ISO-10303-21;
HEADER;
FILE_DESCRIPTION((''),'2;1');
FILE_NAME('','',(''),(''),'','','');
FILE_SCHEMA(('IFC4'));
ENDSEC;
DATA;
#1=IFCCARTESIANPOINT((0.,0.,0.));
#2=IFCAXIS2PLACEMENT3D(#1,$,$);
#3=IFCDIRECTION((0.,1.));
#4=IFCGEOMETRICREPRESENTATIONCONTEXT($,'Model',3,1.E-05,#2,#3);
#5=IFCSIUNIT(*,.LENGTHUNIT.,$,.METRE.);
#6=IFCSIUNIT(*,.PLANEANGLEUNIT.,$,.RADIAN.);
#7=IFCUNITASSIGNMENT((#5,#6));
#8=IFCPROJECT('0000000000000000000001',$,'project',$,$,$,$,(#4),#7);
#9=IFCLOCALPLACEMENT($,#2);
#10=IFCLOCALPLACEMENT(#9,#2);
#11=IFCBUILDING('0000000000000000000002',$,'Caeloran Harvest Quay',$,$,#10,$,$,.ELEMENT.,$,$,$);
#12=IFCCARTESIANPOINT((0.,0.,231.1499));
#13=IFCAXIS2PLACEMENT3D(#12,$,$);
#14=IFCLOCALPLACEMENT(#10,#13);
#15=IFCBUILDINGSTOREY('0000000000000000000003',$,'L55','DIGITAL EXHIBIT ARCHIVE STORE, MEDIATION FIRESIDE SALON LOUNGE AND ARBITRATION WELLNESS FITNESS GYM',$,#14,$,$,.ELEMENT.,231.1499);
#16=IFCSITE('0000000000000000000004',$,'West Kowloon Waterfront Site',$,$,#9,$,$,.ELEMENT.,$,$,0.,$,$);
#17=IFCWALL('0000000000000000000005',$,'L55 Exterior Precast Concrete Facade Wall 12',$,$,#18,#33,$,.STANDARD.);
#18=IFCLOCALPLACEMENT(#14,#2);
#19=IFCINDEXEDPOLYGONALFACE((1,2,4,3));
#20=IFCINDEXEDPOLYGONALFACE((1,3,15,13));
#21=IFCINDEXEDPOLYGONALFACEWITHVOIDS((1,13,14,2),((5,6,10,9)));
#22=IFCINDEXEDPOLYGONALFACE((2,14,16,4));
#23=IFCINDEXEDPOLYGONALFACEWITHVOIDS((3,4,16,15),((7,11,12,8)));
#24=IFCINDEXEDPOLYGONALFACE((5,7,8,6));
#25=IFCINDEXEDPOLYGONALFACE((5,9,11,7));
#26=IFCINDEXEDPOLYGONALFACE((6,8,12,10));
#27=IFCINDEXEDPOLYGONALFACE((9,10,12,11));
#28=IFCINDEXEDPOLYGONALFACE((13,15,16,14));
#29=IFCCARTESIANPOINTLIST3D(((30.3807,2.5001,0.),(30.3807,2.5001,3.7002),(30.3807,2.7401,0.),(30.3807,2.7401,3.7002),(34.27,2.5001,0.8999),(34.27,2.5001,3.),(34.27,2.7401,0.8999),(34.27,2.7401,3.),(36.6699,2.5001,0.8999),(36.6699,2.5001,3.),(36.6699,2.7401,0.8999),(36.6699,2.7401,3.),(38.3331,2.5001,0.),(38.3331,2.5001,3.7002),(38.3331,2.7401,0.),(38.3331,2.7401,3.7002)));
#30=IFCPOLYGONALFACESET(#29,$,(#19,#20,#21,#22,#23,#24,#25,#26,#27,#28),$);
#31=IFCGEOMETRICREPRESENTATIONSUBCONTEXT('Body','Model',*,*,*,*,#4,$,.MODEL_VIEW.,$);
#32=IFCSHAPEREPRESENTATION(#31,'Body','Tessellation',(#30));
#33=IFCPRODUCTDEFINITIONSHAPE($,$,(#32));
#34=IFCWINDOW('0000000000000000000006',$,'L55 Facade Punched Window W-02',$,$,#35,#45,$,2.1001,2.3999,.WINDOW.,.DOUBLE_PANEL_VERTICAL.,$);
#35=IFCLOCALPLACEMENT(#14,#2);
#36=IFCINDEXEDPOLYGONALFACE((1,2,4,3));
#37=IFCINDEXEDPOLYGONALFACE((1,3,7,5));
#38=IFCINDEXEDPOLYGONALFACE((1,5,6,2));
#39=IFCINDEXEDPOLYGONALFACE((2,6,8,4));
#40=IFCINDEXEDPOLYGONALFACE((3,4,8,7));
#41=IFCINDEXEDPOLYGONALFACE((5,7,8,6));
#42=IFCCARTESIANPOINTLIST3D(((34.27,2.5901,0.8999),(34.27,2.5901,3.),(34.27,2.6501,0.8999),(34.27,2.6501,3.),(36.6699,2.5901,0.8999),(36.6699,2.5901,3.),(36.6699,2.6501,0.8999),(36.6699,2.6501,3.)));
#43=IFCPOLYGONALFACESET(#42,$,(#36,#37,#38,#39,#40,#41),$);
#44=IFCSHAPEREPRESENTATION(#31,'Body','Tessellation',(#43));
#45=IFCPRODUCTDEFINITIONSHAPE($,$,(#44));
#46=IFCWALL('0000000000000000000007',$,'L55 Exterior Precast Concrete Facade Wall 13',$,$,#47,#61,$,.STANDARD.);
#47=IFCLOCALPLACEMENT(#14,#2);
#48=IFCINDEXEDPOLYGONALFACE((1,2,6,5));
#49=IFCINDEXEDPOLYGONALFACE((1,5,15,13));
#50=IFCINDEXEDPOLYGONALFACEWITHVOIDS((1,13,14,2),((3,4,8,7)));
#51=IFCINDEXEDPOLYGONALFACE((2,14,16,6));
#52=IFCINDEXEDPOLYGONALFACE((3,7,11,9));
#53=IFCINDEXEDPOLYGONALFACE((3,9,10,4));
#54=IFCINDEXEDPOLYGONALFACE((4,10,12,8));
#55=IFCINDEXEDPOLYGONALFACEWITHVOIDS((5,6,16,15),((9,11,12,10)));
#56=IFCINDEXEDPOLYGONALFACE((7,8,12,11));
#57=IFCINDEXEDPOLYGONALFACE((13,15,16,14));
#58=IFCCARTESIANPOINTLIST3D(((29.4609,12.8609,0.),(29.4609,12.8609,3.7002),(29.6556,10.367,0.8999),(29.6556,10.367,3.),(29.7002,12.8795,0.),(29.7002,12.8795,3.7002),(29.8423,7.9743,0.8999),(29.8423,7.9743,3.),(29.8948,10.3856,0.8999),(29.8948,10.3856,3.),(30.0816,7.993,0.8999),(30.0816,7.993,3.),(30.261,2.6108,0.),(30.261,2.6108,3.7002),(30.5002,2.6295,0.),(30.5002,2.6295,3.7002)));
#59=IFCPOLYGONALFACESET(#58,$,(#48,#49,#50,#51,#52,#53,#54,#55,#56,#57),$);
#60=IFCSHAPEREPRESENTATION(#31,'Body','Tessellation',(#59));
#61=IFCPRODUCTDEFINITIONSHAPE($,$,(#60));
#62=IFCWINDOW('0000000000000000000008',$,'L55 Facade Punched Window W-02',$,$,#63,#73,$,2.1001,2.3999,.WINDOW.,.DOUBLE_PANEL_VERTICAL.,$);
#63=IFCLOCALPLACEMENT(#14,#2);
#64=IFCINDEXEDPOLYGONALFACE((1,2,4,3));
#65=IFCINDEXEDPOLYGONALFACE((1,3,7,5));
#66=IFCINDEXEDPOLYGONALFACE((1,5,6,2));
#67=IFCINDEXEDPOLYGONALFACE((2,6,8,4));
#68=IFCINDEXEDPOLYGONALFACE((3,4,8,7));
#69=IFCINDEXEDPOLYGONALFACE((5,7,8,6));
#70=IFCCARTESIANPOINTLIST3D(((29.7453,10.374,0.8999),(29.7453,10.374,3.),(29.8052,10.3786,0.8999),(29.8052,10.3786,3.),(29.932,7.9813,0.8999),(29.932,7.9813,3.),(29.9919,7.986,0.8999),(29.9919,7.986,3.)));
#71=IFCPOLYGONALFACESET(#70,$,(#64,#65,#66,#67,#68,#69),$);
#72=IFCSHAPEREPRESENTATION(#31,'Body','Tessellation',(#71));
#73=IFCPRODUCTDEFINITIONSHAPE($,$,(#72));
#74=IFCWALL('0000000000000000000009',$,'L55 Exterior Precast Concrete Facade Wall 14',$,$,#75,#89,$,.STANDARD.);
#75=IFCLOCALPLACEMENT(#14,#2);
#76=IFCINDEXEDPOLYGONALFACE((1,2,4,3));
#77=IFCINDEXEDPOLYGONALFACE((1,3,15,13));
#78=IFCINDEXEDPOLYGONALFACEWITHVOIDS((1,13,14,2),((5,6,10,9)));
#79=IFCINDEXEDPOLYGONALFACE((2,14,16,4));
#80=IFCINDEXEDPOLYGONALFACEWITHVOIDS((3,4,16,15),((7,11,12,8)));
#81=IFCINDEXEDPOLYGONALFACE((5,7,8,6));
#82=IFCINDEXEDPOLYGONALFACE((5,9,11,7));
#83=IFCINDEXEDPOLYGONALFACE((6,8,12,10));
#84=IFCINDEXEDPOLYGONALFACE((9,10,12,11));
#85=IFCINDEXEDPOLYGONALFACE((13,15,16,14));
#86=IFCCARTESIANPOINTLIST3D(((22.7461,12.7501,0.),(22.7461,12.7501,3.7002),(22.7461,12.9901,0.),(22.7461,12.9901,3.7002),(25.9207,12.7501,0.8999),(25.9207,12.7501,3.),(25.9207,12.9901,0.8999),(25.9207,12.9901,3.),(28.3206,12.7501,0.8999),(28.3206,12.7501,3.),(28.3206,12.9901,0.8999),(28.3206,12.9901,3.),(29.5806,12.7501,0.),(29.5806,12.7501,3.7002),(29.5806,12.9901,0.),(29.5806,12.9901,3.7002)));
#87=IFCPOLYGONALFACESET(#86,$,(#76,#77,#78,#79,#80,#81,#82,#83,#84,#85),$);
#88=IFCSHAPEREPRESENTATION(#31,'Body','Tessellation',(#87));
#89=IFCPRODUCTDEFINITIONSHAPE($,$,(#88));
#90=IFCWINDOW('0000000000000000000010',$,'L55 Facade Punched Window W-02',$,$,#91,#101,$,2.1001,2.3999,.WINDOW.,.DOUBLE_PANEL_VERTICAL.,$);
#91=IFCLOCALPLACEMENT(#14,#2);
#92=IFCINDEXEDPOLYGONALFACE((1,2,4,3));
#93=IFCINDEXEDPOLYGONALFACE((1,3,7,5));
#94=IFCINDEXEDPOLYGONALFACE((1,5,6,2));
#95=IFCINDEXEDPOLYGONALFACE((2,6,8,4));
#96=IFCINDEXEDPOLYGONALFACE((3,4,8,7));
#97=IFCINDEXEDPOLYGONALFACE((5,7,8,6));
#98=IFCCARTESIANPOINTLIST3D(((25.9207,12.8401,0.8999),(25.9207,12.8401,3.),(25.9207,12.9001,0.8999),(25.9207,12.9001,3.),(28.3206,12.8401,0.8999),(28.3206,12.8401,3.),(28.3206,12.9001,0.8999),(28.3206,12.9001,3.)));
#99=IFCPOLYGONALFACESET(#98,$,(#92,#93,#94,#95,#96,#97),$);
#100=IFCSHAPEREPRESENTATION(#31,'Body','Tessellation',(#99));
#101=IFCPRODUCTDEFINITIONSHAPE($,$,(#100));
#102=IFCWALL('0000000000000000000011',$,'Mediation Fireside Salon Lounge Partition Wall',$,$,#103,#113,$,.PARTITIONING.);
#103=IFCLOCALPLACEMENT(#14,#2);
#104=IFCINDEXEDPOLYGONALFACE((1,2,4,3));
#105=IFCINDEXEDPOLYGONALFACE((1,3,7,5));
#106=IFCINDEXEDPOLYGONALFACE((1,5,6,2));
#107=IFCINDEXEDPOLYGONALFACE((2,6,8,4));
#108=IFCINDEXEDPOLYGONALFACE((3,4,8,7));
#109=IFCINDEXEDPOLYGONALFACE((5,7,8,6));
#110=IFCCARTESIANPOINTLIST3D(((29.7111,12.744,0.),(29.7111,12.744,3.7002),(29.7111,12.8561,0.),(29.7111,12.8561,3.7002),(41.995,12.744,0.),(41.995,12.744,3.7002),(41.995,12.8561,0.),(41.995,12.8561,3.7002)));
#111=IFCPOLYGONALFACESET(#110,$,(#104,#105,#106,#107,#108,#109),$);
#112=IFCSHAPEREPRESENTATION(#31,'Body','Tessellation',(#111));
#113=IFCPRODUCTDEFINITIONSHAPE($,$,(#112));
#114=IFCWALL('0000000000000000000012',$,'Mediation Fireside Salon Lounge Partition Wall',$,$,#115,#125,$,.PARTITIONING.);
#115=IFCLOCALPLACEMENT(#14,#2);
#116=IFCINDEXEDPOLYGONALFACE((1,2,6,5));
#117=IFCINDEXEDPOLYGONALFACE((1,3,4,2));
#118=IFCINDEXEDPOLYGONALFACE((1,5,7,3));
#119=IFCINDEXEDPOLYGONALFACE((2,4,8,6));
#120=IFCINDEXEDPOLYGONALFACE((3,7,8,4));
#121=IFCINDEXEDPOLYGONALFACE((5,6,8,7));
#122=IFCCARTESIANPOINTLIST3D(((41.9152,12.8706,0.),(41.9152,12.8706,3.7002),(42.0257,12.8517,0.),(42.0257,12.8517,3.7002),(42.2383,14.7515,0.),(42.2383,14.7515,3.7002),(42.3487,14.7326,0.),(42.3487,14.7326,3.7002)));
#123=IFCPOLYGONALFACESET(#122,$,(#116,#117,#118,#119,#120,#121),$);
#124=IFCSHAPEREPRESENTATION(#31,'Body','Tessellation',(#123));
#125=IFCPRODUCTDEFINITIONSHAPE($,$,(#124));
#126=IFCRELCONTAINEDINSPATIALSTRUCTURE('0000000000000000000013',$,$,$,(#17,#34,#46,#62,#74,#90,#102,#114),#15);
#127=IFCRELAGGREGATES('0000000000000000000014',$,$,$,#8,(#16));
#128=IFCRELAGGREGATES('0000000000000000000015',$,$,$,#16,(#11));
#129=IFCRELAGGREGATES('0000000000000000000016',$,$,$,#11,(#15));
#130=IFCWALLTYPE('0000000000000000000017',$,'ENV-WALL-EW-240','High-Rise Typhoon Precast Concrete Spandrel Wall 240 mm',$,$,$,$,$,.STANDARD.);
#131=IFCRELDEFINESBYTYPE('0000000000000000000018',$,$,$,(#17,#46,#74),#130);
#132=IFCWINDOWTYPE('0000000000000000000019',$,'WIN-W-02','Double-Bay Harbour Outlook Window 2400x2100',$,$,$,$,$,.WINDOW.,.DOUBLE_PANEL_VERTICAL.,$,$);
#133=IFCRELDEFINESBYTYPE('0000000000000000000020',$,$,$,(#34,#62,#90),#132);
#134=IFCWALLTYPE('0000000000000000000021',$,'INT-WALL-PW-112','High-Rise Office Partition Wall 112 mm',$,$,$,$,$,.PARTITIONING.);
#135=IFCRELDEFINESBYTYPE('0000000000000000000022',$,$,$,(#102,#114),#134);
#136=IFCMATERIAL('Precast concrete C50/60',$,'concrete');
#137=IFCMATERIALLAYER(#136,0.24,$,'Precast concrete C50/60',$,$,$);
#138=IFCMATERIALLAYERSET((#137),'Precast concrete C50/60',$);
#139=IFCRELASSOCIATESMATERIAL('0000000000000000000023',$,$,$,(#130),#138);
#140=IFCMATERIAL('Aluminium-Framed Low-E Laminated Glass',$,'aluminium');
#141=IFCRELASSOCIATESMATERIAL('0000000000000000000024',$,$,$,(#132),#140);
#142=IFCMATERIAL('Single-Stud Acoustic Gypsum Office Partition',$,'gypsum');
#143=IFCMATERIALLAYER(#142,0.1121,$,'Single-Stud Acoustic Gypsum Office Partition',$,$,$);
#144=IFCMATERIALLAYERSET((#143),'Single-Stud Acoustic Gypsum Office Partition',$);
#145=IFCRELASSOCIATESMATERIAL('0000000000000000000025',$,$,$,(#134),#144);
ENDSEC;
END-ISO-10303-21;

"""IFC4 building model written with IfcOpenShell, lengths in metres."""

from ifc_helpers import new_model, si_unit, direction, frame, frame_2d, origin, place, context, subcontext, project, spatial, rectangle, extrude, material, layer, layer_set, type_object, element, fill, save


model = new_model("IFC4")

# Units and contexts
model_context = context("Model", 3, precision=1e-05, world=origin(), true_north=direction((0.0, 1.0)))
body_context = subcontext(model_context, "Body", "Model", "MODEL_VIEW")
ifc_project = project(units=[si_unit("LENGTHUNIT", "METRE"), si_unit("PLANEANGLEUNIT", "RADIAN")], contexts=[model_context])

# Site, building, storey
site_placement = place(None, origin())
site = spatial("IfcSite", under=ifc_project, at=site_placement, Name="West Kowloon Waterfront Site", CompositionType="ELEMENT", RefElevation=0.0)
building_placement = place(site_placement, origin())
building = spatial("IfcBuilding", under=site, at=building_placement, Name="Caeloran Harvest Quay", CompositionType="ELEMENT")
storey_placement = place(building_placement, frame((0.0, 0.0, 231.1499)))
storey = spatial("IfcBuildingStorey", under=building, at=storey_placement, Name="L55", Description="DIGITAL EXHIBIT ARCHIVE STORE, MEDIATION FIRESIDE SALON LOUNGE AND ARBITRATION WELLNESS FITNESS GYM", CompositionType="ELEMENT", Elevation=231.1499)

# Shared definitions
ifc_material_1 = material(Name="Precast concrete C50/60", Category="concrete")
ifc_layer_1 = layer(ifc_material_1, 0.24, Name="Precast concrete C50/60")
ifc_layer_set_1 = layer_set([ifc_layer_1], Name="Precast concrete C50/60")
wall_type_1 = type_object("IfcWallType", Name="ENV-WALL-EW-240", Description="High-Rise Typhoon Precast Concrete Spandrel Wall 240 mm", PredefinedType="STANDARD", material=ifc_layer_set_1)

# Walls, openings, windows
wall_1_placement = place(storey_placement, frame((38.333, 2.6201, 0.0), z_axis=(0.0, 0.0, 1.0), x_axis=(-1.0, 0.0, 0.0)))
wall_1 = element("IfcWall", 1, at=wall_1_placement, inside=storey, type_object=wall_type_1, Name="L55 Exterior Precast Concrete Facade Wall 12", PredefinedType="STANDARD", context=body_context, shape_type="SweptSolid", body=[
    extrude(rectangle(XDim=7.9524, YDim=0.24, at=frame_2d((3.9761, 0.0))), origin(), (0.0, 0.0, 1.0), 3.7002),
])
opening_1_placement = place(wall_1_placement, frame((1.6631, 0.0, 0.8999)))
opening_1 = element("IfcOpeningElement", 2, at=opening_1_placement, cuts=wall_1, PredefinedType="OPENING", context=body_context, shape_type="SweptSolid", body=[
    extrude(rectangle(XDim=2.3999, YDim=2.1001, at=frame_2d((1.2, 1.05))), frame((0.0, 0.1299, 0.0), z_axis=(0.0, -1.0, 0.0), x_axis=(1.0, 0.0, 0.0)), (0.0, 0.0, 1.0), 0.26),
])
ifc_material_2 = material(Name="Aluminium-Framed Low-E Laminated Glass", Category="aluminium")
window_type = type_object("IfcWindowType", Name="WIN-W-02", Description="Double-Bay Harbour Outlook Window 2400x2100", PartitioningType="DOUBLE_PANEL_VERTICAL", PredefinedType="WINDOW", material=ifc_material_2)
window_1_placement = place(opening_1_placement, origin())
window_1 = element("IfcWindow", 3, at=window_1_placement, inside=storey, type_object=window_type, Name="L55 Facade Punched Window W-02", OverallHeight=2.1001, OverallWidth=2.3999, PartitioningType="DOUBLE_PANEL_VERTICAL", PredefinedType="WINDOW", context=body_context, shape_type="SweptSolid", body=[
    extrude(rectangle(XDim=2.3999, YDim=2.1001, at=frame_2d((1.2, 1.05))), frame((0.0, 0.03, 0.0), z_axis=(0.0, -1.0, 0.0), x_axis=(1.0, 0.0, 0.0)), (0.0, 0.0, 1.0), 0.0601),
])
fill(opening_1, window_1)
wall_2_placement = place(storey_placement, frame((30.3806, 2.6201, 0.0), z_axis=(0.0, 0.0, 1.0), x_axis=(-0.077817, 0.996968, 0.0)))
wall_2 = element("IfcWall", 4, at=wall_2_placement, inside=storey, type_object=wall_type_1, Name="L55 Exterior Precast Concrete Facade Wall 13", PredefinedType="STANDARD", context=body_context, shape_type="SweptSolid", body=[
    extrude(rectangle(XDim=10.2812, YDim=0.24, at=frame_2d((5.1406, 0.0))), origin(), (0.0, 0.0, 1.0), 3.7002),
])
opening_2_placement = place(wall_2_placement, frame((5.3799, 0.0, 0.8999)))
opening_2 = element("IfcOpeningElement", 5, at=opening_2_placement, cuts=wall_2, PredefinedType="OPENING", context=body_context, shape_type="SweptSolid", body=[
    extrude(rectangle(XDim=2.3999, YDim=2.1001, at=frame_2d((1.2, 1.05))), frame((0.0, 0.1299, 0.0), z_axis=(0.0, -1.0, 0.0), x_axis=(1.0, 0.0, 0.0)), (0.0, 0.0, 1.0), 0.26),
])
window_2_placement = place(opening_2_placement, origin())
window_2 = element("IfcWindow", 6, at=window_2_placement, inside=storey, type_object=window_type, Name="L55 Facade Punched Window W-02", OverallHeight=2.1001, OverallWidth=2.3999, PartitioningType="DOUBLE_PANEL_VERTICAL", PredefinedType="WINDOW", context=body_context, shape_type="SweptSolid", body=[
    extrude(rectangle(XDim=2.3999, YDim=2.1001, at=frame_2d((1.2, 1.05))), frame((0.0, 0.03, 0.0), z_axis=(0.0, -1.0, 0.0), x_axis=(1.0, 0.0, 0.0)), (0.0, 0.0, 1.0), 0.0601),
])
fill(opening_2, window_2)
wall_3_placement = place(storey_placement, frame((29.5806, 12.8701, 0.0), z_axis=(0.0, 0.0, 1.0), x_axis=(-1.0, 0.0, 0.0)))
wall_3 = element("IfcWall", 7, at=wall_3_placement, inside=storey, type_object=wall_type_1, Name="L55 Exterior Precast Concrete Facade Wall 14", PredefinedType="STANDARD", context=body_context, shape_type="SweptSolid", body=[
    extrude(rectangle(XDim=6.8345, YDim=0.24, at=frame_2d((3.4172, 0.0))), origin(), (0.0, 0.0, 1.0), 3.7002),
])
opening_3_placement = place(wall_3_placement, frame((1.26, 0.0, 0.8999)))
opening_3 = element("IfcOpeningElement", 8, at=opening_3_placement, cuts=wall_3, PredefinedType="OPENING", context=body_context, shape_type="SweptSolid", body=[
    extrude(rectangle(XDim=2.3999, YDim=2.1001, at=frame_2d((1.2, 1.05))), frame((0.0, 0.1299, 0.0), z_axis=(0.0, -1.0, 0.0), x_axis=(1.0, 0.0, 0.0)), (0.0, 0.0, 1.0), 0.26),
])
window_3_placement = place(opening_3_placement, origin())
window_3 = element("IfcWindow", 9, at=window_3_placement, inside=storey, type_object=window_type, Name="L55 Facade Punched Window W-02", OverallHeight=2.1001, OverallWidth=2.3999, PartitioningType="DOUBLE_PANEL_VERTICAL", PredefinedType="WINDOW", context=body_context, shape_type="SweptSolid", body=[
    extrude(rectangle(XDim=2.3999, YDim=2.1001, at=frame_2d((1.2, 1.05))), frame((0.0, 0.03, 0.0), z_axis=(0.0, -1.0, 0.0), x_axis=(1.0, 0.0, 0.0)), (0.0, 0.0, 1.0), 0.0601),
])
fill(opening_3, window_3)

# Walls
ifc_material_3 = material(Name="Single-Stud Acoustic Gypsum Office Partition", Category="gypsum")
ifc_layer_2 = layer(ifc_material_3, 0.1121, Name="Single-Stud Acoustic Gypsum Office Partition")
ifc_layer_set_2 = layer_set([ifc_layer_2], Name="Single-Stud Acoustic Gypsum Office Partition")
wall_type_2 = type_object("IfcWallType", Name="INT-WALL-PW-112", Description="High-Rise Office Partition Wall 112 mm", PredefinedType="PARTITIONING", material=ifc_layer_set_2)
wall_4_placement = place(storey_placement, frame((41.9951, 12.8, 0.0), z_axis=(0.0, 0.0, 1.0), x_axis=(-1.0, 0.0, 0.0)))
element("IfcWall", 10, at=wall_4_placement, inside=storey, type_object=wall_type_2, Name="Mediation Fireside Salon Lounge Partition Wall", PredefinedType="PARTITIONING", context=body_context, shape_type="SweptSolid", body=[
    extrude(rectangle(XDim=12.2839, YDim=0.1121, at=frame_2d((6.1421, 0.0))), origin(), (0.0, 0.0, 1.0), 3.7002),
])
wall_5_placement = place(storey_placement, frame((42.2935, 14.7419, 0.0), z_axis=(0.0, 0.0, 1.0), x_axis=(-0.169251, -0.985573, 0.0)))
element("IfcWall", 11, at=wall_5_placement, inside=storey, type_object=wall_type_2, Name="Mediation Fireside Salon Lounge Partition Wall", PredefinedType="PARTITIONING", context=body_context, shape_type="SweptSolid", body=[
    extrude(rectangle(XDim=1.9084, YDim=0.1121, at=frame_2d((0.9541, 0.0))), origin(), (0.0, 0.0, 1.0), 3.7002),
])

save(model, "model.ifc")
